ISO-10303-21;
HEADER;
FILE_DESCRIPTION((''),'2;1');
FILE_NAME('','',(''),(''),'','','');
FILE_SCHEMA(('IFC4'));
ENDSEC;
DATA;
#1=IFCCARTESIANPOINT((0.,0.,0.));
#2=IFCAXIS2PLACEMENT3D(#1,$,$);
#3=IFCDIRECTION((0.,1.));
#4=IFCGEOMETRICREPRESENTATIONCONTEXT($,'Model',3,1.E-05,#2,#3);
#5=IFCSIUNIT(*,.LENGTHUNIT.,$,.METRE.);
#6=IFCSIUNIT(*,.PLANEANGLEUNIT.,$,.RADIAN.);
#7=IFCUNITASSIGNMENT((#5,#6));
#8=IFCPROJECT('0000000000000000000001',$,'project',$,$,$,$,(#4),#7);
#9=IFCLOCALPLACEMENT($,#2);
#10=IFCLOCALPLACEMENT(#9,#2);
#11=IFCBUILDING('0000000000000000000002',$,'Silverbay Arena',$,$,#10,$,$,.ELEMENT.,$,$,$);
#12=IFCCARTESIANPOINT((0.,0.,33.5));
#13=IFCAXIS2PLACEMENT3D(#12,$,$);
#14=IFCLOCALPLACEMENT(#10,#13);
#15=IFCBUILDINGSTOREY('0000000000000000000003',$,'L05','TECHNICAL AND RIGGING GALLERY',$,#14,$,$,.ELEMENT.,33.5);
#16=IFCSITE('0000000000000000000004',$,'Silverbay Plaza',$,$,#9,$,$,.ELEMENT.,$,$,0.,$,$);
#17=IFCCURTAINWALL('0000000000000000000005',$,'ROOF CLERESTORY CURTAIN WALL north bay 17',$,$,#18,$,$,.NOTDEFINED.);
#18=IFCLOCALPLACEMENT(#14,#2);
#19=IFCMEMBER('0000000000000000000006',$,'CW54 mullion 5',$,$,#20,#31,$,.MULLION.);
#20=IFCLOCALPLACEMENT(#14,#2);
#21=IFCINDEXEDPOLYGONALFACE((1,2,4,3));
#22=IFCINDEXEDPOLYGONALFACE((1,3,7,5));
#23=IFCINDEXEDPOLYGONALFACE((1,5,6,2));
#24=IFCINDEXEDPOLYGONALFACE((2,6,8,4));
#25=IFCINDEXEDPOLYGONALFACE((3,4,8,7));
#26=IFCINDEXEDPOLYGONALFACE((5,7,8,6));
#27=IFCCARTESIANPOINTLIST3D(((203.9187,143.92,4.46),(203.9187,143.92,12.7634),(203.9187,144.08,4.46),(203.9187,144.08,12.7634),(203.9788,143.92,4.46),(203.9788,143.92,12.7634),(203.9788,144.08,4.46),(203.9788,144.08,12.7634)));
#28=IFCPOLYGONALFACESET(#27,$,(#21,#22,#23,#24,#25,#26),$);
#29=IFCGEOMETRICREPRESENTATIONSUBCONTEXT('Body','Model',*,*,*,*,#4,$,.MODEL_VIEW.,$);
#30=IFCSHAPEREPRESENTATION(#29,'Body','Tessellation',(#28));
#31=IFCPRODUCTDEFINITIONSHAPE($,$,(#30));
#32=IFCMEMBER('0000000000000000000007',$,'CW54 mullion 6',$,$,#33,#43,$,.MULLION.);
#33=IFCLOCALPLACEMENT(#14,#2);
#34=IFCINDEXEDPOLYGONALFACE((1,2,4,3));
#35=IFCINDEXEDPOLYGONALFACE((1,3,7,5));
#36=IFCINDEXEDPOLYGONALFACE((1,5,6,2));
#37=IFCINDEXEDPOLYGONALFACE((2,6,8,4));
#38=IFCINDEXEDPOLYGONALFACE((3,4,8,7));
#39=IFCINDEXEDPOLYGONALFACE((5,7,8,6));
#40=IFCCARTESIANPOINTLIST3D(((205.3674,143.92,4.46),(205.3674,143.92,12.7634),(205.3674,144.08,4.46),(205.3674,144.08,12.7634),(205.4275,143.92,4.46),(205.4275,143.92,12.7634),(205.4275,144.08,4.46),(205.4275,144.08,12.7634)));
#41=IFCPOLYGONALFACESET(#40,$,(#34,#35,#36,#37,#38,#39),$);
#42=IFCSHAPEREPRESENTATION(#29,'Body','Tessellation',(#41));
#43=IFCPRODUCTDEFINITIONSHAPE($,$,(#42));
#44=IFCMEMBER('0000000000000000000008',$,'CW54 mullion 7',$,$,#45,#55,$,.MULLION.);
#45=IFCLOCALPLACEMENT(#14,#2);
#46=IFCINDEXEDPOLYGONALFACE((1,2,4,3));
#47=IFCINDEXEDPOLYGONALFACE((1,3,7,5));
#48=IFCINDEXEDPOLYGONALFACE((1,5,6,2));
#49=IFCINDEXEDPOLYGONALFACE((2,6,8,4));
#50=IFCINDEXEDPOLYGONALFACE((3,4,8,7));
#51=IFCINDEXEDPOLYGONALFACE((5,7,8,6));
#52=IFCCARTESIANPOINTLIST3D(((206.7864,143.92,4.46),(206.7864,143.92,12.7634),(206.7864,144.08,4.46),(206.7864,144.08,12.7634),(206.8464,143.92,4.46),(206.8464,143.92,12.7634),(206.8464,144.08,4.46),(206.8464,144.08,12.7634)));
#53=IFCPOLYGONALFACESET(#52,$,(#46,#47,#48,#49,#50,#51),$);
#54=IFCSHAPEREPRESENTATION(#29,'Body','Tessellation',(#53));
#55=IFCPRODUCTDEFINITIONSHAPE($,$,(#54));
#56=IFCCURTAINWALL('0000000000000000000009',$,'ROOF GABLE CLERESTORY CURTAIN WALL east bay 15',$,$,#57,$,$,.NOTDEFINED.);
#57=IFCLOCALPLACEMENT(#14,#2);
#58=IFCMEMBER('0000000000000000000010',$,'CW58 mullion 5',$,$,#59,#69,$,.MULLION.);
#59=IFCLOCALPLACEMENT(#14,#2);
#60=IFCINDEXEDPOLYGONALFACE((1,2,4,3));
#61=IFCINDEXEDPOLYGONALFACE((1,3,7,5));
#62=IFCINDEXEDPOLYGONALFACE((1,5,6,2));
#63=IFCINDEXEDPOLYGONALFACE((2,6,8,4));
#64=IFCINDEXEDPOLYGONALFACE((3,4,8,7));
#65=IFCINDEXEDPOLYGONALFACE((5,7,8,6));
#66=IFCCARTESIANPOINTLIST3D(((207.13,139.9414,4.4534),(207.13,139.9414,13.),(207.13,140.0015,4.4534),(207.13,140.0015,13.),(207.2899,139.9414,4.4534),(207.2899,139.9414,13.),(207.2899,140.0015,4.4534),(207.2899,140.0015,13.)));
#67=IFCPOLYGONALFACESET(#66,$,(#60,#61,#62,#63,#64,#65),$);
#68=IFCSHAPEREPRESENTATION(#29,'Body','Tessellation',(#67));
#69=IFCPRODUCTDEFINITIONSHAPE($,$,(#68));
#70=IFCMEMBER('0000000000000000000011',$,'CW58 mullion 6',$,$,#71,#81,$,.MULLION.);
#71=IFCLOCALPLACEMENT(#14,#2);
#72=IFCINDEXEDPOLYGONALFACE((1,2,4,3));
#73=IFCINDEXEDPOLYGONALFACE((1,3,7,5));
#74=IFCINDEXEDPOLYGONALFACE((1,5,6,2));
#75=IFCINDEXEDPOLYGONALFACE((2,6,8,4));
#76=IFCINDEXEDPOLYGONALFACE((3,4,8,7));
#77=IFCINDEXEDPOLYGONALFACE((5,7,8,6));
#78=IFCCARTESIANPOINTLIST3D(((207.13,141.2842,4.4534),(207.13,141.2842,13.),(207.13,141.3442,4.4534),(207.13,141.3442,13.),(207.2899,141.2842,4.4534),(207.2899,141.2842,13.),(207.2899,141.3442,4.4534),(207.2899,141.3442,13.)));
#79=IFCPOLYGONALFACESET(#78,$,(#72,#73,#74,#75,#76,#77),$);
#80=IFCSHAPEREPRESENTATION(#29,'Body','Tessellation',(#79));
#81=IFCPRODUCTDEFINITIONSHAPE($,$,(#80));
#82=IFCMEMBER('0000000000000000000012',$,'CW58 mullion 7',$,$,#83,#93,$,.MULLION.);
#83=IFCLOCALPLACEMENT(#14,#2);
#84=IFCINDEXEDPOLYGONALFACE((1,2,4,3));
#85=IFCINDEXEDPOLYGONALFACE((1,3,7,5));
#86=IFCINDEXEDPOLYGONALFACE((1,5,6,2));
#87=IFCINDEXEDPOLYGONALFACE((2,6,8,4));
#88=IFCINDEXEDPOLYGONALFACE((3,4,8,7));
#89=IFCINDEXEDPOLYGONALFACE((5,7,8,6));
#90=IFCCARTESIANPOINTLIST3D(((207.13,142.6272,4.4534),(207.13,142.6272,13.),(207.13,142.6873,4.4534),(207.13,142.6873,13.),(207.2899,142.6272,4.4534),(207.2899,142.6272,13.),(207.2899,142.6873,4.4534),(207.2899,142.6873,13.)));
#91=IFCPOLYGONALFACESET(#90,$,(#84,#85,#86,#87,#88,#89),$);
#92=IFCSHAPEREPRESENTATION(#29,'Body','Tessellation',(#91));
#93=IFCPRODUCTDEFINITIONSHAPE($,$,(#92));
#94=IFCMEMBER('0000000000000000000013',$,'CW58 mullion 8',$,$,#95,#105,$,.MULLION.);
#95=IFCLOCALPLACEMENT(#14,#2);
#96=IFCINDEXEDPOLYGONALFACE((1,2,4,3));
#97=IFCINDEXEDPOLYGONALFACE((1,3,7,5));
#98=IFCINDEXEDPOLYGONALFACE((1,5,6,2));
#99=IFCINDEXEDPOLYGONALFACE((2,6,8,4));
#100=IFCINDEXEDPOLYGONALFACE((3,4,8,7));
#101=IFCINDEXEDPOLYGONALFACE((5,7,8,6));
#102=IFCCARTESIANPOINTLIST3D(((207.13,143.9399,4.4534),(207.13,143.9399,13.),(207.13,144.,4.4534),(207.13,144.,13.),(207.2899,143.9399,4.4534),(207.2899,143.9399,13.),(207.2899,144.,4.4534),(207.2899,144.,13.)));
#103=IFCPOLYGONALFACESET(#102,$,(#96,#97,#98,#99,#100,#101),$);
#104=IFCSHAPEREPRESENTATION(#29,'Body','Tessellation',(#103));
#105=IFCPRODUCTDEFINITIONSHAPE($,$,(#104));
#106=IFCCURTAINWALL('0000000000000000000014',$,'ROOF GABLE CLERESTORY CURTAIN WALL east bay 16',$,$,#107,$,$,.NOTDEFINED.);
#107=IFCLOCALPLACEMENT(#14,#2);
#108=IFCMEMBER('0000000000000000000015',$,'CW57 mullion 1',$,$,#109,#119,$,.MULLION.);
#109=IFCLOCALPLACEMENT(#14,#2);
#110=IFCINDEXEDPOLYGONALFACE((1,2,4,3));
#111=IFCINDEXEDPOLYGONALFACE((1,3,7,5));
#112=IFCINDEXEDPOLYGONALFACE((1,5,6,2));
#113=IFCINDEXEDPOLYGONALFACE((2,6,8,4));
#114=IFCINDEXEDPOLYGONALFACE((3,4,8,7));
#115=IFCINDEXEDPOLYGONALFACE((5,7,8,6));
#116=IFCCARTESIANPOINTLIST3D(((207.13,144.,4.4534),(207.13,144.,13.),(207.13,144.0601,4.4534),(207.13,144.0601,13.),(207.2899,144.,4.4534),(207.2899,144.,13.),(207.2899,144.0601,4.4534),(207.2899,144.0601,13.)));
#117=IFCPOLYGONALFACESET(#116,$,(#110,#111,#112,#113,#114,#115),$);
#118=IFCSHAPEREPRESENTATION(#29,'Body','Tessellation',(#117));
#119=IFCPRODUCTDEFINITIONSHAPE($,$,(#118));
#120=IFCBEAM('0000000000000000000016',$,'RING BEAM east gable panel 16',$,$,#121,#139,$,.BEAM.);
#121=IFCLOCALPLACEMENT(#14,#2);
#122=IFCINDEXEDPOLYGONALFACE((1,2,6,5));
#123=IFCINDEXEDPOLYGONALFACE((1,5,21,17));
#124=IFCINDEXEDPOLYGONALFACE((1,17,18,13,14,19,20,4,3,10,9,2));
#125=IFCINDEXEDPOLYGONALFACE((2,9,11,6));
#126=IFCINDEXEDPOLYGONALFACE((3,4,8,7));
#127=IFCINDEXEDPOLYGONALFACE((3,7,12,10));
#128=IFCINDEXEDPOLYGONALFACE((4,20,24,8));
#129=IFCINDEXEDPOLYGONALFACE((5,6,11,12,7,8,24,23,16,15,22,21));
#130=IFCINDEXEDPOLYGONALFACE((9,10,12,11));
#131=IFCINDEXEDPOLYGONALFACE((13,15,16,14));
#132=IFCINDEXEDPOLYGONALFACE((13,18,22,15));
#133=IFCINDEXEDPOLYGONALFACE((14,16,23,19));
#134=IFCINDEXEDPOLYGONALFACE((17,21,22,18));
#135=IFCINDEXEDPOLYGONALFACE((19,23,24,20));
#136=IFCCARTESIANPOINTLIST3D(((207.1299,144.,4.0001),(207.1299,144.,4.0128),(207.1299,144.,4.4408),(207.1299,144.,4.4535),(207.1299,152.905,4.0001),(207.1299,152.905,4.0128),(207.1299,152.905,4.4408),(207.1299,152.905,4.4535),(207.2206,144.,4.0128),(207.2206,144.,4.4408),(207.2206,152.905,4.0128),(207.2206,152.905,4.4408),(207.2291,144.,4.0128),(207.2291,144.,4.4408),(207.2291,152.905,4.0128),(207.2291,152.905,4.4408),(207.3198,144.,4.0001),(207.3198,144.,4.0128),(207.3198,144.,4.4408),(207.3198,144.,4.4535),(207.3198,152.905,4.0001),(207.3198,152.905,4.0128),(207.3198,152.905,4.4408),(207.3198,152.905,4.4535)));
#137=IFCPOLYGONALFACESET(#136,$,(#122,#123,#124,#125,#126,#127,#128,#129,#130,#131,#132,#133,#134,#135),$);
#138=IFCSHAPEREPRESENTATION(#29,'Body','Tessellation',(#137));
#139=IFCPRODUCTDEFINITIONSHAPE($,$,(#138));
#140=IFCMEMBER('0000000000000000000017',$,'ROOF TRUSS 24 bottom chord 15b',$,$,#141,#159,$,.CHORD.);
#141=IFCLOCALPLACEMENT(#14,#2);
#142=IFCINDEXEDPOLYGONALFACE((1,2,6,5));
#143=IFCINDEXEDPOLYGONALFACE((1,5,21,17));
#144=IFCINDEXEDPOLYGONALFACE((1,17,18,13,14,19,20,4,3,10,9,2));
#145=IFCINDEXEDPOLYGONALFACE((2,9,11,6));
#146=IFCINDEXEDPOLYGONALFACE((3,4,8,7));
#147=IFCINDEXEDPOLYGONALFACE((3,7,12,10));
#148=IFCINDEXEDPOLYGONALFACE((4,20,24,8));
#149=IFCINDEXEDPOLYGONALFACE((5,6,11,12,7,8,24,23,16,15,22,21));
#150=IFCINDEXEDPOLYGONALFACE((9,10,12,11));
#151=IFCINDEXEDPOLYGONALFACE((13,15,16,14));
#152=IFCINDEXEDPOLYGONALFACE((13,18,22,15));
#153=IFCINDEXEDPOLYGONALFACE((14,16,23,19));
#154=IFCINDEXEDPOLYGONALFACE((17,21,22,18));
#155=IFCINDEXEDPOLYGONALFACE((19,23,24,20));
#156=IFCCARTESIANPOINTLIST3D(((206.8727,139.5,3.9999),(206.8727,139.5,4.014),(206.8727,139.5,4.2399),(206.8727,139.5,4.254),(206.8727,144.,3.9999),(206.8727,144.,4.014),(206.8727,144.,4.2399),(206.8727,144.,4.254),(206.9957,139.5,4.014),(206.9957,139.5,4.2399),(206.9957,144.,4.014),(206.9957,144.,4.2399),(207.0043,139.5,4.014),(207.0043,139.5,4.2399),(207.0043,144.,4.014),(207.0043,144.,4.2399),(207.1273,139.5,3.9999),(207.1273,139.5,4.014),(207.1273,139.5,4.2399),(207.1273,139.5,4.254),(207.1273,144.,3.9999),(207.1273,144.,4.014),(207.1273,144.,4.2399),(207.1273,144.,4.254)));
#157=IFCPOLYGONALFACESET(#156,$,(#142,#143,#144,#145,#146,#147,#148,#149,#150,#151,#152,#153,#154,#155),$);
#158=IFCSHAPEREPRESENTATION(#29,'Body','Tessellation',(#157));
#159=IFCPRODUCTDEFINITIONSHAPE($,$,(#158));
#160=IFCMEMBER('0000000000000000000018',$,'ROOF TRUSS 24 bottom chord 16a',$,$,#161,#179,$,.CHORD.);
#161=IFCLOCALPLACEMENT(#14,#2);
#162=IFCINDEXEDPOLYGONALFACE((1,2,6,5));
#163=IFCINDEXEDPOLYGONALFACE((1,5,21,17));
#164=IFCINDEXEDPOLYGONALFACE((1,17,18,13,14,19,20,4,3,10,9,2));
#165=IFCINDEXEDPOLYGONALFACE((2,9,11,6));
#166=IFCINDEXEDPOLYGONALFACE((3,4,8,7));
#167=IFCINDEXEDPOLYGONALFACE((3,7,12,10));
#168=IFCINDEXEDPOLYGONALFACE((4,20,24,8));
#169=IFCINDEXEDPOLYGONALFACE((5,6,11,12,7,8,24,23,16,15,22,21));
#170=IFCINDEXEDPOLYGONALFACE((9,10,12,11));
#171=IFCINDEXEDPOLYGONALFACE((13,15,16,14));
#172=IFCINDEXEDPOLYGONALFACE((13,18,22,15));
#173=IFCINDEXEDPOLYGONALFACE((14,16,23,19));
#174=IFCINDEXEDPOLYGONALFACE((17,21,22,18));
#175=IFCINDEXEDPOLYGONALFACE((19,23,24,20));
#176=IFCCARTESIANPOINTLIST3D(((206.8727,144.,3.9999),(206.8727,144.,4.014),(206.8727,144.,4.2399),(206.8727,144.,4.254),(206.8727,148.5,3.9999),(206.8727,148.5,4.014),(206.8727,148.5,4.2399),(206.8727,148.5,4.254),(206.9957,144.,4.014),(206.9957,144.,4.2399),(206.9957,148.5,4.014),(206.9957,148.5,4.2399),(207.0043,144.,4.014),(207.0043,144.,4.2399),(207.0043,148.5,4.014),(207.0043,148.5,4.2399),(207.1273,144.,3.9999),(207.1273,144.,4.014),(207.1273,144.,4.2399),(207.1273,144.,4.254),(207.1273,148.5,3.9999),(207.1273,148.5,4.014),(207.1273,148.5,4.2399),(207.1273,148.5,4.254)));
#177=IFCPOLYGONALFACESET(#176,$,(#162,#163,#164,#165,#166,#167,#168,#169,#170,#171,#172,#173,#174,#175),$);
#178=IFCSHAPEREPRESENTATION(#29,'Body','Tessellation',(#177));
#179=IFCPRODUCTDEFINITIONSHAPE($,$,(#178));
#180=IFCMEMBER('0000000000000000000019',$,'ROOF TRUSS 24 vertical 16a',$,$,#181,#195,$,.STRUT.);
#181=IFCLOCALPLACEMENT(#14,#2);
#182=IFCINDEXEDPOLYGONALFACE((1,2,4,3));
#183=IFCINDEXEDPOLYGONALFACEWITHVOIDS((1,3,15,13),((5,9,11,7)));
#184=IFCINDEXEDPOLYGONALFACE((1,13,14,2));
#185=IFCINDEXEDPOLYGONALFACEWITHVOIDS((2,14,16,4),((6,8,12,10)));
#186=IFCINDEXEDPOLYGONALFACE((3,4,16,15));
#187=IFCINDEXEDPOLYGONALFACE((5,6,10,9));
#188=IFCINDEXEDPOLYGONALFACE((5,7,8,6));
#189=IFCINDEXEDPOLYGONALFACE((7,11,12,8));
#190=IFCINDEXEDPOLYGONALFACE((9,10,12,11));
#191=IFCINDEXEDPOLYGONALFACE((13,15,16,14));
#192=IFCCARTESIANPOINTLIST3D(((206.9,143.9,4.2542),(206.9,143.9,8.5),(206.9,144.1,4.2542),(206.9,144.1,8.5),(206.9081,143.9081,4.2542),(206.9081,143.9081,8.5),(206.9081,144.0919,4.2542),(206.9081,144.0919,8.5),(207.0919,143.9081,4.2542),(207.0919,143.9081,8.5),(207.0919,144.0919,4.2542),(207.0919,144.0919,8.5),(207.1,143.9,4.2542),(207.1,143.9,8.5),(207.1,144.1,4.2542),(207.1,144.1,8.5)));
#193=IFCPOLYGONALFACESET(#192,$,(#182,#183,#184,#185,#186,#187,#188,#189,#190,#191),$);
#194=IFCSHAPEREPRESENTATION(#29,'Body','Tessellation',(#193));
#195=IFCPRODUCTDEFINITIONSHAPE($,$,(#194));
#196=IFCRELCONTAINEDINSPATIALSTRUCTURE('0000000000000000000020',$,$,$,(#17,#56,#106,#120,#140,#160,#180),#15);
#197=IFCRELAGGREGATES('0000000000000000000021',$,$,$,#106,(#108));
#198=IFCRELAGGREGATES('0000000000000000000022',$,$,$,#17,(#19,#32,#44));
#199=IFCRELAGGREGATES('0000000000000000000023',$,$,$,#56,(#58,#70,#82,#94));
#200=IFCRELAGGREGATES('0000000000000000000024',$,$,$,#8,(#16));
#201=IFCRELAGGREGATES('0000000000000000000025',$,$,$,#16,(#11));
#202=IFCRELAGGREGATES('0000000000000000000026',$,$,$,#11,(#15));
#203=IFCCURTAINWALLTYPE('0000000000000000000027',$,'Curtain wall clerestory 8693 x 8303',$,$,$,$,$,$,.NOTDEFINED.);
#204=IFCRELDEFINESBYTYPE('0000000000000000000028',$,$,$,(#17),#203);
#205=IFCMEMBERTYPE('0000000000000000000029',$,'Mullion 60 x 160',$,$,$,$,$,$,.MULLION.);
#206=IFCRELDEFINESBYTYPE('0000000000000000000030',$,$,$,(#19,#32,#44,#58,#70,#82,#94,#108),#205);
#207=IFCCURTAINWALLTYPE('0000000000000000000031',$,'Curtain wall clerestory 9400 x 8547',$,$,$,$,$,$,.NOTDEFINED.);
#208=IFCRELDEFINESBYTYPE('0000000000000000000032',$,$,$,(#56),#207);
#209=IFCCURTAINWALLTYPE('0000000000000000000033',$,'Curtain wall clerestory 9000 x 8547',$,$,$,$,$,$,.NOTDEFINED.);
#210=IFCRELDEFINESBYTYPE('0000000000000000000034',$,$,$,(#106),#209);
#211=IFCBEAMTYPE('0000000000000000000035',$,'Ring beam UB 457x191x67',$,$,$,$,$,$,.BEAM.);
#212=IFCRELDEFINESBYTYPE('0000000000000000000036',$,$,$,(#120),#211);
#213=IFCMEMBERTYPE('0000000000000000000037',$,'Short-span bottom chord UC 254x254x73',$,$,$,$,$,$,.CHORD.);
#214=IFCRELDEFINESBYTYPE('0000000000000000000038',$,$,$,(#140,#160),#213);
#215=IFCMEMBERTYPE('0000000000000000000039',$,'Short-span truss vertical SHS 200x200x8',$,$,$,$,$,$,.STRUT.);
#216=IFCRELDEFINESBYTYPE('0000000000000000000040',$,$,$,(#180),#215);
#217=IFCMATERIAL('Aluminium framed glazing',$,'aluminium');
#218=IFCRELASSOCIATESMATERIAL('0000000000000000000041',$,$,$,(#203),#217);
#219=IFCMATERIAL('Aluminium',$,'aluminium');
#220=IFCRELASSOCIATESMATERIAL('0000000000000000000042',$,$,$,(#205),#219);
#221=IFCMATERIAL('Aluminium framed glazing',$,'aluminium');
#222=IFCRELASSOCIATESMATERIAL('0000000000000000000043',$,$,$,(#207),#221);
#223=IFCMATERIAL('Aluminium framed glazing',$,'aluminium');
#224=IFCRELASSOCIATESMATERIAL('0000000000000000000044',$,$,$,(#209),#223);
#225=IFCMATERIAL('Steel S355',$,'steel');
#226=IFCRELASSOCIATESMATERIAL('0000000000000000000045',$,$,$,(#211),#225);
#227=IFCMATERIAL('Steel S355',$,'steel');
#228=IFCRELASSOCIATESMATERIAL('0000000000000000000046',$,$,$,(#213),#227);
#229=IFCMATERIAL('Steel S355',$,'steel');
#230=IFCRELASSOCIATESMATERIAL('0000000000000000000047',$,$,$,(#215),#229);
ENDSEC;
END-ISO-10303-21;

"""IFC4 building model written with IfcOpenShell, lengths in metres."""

from ifc_helpers import new_model, si_unit, direction, frame, origin, origin_2d, place, context, subcontext, project, spatial, rectangle, hollow_rectangle, i_section, extrude, material, material_profile, profile_set, type_object, element, aggregate, save


model = new_model("IFC4")

# Units and contexts
model_context = context("Model", 3, precision=1e-05, world=origin(), true_north=direction((0.0, 1.0)))
body_context = subcontext(model_context, "Body", "Model", "MODEL_VIEW")
ifc_project = project(units=[si_unit("LENGTHUNIT", "METRE"), si_unit("PLANEANGLEUNIT", "RADIAN")], contexts=[model_context])

# Site, building, storey
site_placement = place(None, origin())
site = spatial("IfcSite", under=ifc_project, at=site_placement, Name="Silverbay Plaza", CompositionType="ELEMENT", RefElevation=0.0)
building_placement = place(site_placement, origin())
building = spatial("IfcBuilding", under=site, at=building_placement, Name="Silverbay Arena", CompositionType="ELEMENT")
storey_placement = place(building_placement, frame((0.0, 0.0, 33.5)))
storey = spatial("IfcBuildingStorey", under=building, at=storey_placement, Name="L05", Description="TECHNICAL AND RIGGING GALLERY", CompositionType="ELEMENT", Elevation=33.5)

# Curtain walls, members
ifc_material_1 = material(Name="Aluminium framed glazing", Category="aluminium")
curtain_wall_type_1 = type_object("IfcCurtainWallType", Name="Curtain wall clerestory 8693 x 8303", PredefinedType="NOTDEFINED", material=ifc_material_1)
curtain_wall_1_placement = place(storey_placement, origin())
curtain_wall_1 = element("IfcCurtainWall", 1, at=curtain_wall_1_placement, inside=storey, type_object=curtain_wall_type_1, Name="ROOF CLERESTORY CURTAIN WALL north bay 17", PredefinedType="NOTDEFINED")
ifc_material_2 = material(Name="Aluminium", Category="aluminium")
ifc_material_profile_1 = material_profile(ifc_material_2, rectangle(XDim=0.1599, YDim=0.0601, at=origin_2d()), Name="Mullion 60 x 160")
ifc_profile_set_1 = profile_set([ifc_material_profile_1], Name="Aluminium")
member_type_1 = type_object("IfcMemberType", Name="Mullion 60 x 160", PredefinedType="MULLION", material=ifc_profile_set_1)
member_1_placement = place(storey_placement, frame((203.9487, 144.0, 4.46), z_axis=(0.0, 0.0, 1.0), x_axis=(0.0, 1.0, 0.0)))
member_1 = element("IfcMember", 2, at=member_1_placement, type_object=member_type_1, Name="CW54 mullion 5", PredefinedType="MULLION", context=body_context, shape_type="SweptSolid", body=[
    extrude(rectangle(XDim=0.1599, YDim=0.0601, at=origin_2d()), origin(), (0.0, 0.0, 1.0), 8.3035),
])
member_2_placement = place(storey_placement, frame((205.3975, 144.0, 4.46), z_axis=(0.0, 0.0, 1.0), x_axis=(0.0, 1.0, 0.0)))
member_2 = element("IfcMember", 3, at=member_2_placement, type_object=member_type_1, Name="CW54 mullion 6", PredefinedType="MULLION", context=body_context, shape_type="SweptSolid", body=[
    extrude(rectangle(XDim=0.1599, YDim=0.0601, at=origin_2d()), origin(), (0.0, 0.0, 1.0), 8.3035),
])
member_3_placement = place(storey_placement, frame((206.8164, 144.0, 4.46), z_axis=(0.0, 0.0, 1.0), x_axis=(0.0, 1.0, 0.0)))
member_3 = element("IfcMember", 4, at=member_3_placement, type_object=member_type_1, Name="CW54 mullion 7", PredefinedType="MULLION", context=body_context, shape_type="SweptSolid", body=[
    extrude(rectangle(XDim=0.1599, YDim=0.0601, at=origin_2d()), origin(), (0.0, 0.0, 1.0), 8.3035),
])
ifc_material_3 = material(Name="Aluminium framed glazing", Category="aluminium")
curtain_wall_type_2 = type_object("IfcCurtainWallType", Name="Curtain wall clerestory 9400 x 8547", PredefinedType="NOTDEFINED", material=ifc_material_3)
curtain_wall_2_placement = place(storey_placement, origin())
curtain_wall_2 = element("IfcCurtainWall", 5, at=curtain_wall_2_placement, inside=storey, type_object=curtain_wall_type_2, Name="ROOF GABLE CLERESTORY CURTAIN WALL east bay 15", PredefinedType="NOTDEFINED")
member_4_placement = place(storey_placement, frame((207.21, 139.9714, 4.4534), z_axis=(0.0, 0.0, 1.0), x_axis=(-1.0, 0.0, 0.0)))
member_4 = element("IfcMember", 6, at=member_4_placement, type_object=member_type_1, Name="CW58 mullion 5", PredefinedType="MULLION", context=body_context, shape_type="SweptSolid", body=[
    extrude(rectangle(XDim=0.1599, YDim=0.0601, at=origin_2d()), origin(), (0.0, 0.0, 1.0), 8.5466),
])
member_5_placement = place(storey_placement, frame((207.21, 141.3142, 4.4534), z_axis=(0.0, 0.0, 1.0), x_axis=(-1.0, 0.0, 0.0)))
member_5 = element("IfcMember", 7, at=member_5_placement, type_object=member_type_1, Name="CW58 mullion 6", PredefinedType="MULLION", context=body_context, shape_type="SweptSolid", body=[
    extrude(rectangle(XDim=0.1599, YDim=0.0601, at=origin_2d()), origin(), (0.0, 0.0, 1.0), 8.5466),
])
member_6_placement = place(storey_placement, frame((207.21, 142.6572, 4.4534), z_axis=(0.0, 0.0, 1.0), x_axis=(-1.0, 0.0, 0.0)))
member_6 = element("IfcMember", 8, at=member_6_placement, type_object=member_type_1, Name="CW58 mullion 7", PredefinedType="MULLION", context=body_context, shape_type="SweptSolid", body=[
    extrude(rectangle(XDim=0.1599, YDim=0.0601, at=origin_2d()), origin(), (0.0, 0.0, 1.0), 8.5466),
])
member_7_placement = place(storey_placement, frame((207.21, 143.97, 4.4534), z_axis=(0.0, 0.0, 1.0), x_axis=(-1.0, 0.0, 0.0)))
member_7 = element("IfcMember", 9, at=member_7_placement, type_object=member_type_1, Name="CW58 mullion 8", PredefinedType="MULLION", context=body_context, shape_type="SweptSolid", body=[
    extrude(rectangle(XDim=0.1599, YDim=0.0601, at=origin_2d()), origin(), (0.0, 0.0, 1.0), 8.5466),
])

# Curtain wall, member
ifc_material_4 = material(Name="Aluminium framed glazing", Category="aluminium")
curtain_wall_type_3 = type_object("IfcCurtainWallType", Name="Curtain wall clerestory 9000 x 8547", PredefinedType="NOTDEFINED", material=ifc_material_4)
curtain_wall_3_placement = place(storey_placement, origin())
curtain_wall_3 = element("IfcCurtainWall", 10, at=curtain_wall_3_placement, inside=storey, type_object=curtain_wall_type_3, Name="ROOF GABLE CLERESTORY CURTAIN WALL east bay 16", PredefinedType="NOTDEFINED")
member_8_placement = place(storey_placement, frame((207.21, 144.03, 4.4534), z_axis=(0.0, 0.0, 1.0), x_axis=(-1.0, 0.0, 0.0)))
member_8 = element("IfcMember", 11, at=member_8_placement, type_object=member_type_1, Name="CW57 mullion 1", PredefinedType="MULLION", context=body_context, shape_type="SweptSolid", body=[
    extrude(rectangle(XDim=0.1599, YDim=0.0601, at=origin_2d()), origin(), (0.0, 0.0, 1.0), 8.5466),
])

# Beam
ifc_material_5 = material(Name="Steel S355", Category="steel")
ifc_material_profile_2 = material_profile(ifc_material_5, i_section(OverallWidth=0.1899, OverallDepth=0.4534, WebThickness=0.0085, FlangeThickness=0.0127, at=origin_2d()), Name="UB 457x191x67")
ifc_profile_set_2 = profile_set([ifc_material_profile_2], Name="Steel S355")
beam_type = type_object("IfcBeamType", Name="Ring beam UB 457x191x67", PredefinedType="BEAM", material=ifc_profile_set_2)
beam_placement = place(storey_placement, frame((207.2249, 144.0, 4.2268), z_axis=(0.0, 1.0, 0.0), x_axis=(-1.0, 0.0, 0.0)))
element("IfcBeam", 12, at=beam_placement, inside=storey, type_object=beam_type, Name="RING BEAM east gable panel 16", PredefinedType="BEAM", context=body_context, shape_type="SweptSolid", body=[
    extrude(i_section(OverallWidth=0.1899, OverallDepth=0.4534, WebThickness=0.0085, FlangeThickness=0.0127, at=origin_2d()), origin(), (0.0, 0.0, 1.0), 8.905),
])

# Members
ifc_material_6 = material(Name="Steel S355", Category="steel")
ifc_material_profile_3 = material_profile(ifc_material_6, i_section(OverallWidth=0.2546, OverallDepth=0.2542, WebThickness=0.0085, FlangeThickness=0.0142, at=origin_2d()), Name="UC 254x254x73")
ifc_profile_set_3 = profile_set([ifc_material_profile_3], Name="Steel S355")
member_type_2 = type_object("IfcMemberType", Name="Short-span bottom chord UC 254x254x73", PredefinedType="CHORD", material=ifc_profile_set_3)
for number, where, z_axis, x_axis, name in (
    (13, (207.0, 139.5, 4.127), (0.0, 1.0, 0.0), (-1.0, 0.0, 0.0), "ROOF TRUSS 24 bottom chord 15b"),
    (14, (207.0, 144.0, 4.127), (0.0, 1.0, 0.0), (-1.0, 0.0, 0.0), "ROOF TRUSS 24 bottom chord 16a"),
):
    element("IfcMember", number, at=place(storey_placement, frame(where, z_axis=z_axis, x_axis=x_axis)), inside=storey, type_object=member_type_2, Name=name, PredefinedType="CHORD", context=body_context, shape_type="SweptSolid", body=[
        extrude(i_section(OverallWidth=0.2546, OverallDepth=0.2542, WebThickness=0.0085, FlangeThickness=0.0142, at=origin_2d()), origin(), (0.0, 0.0, 1.0), 4.5),
    ])
ifc_material_7 = material(Name="Steel S355", Category="steel")
ifc_material_profile_4 = material_profile(ifc_material_7, hollow_rectangle(XDim=0.2, YDim=0.2, WallThickness=0.0081, at=origin_2d()), Name="SHS 200x200x8")
ifc_profile_set_4 = profile_set([ifc_material_profile_4], Name="Steel S355")
member_type_3 = type_object("IfcMemberType", Name="Short-span truss vertical SHS 200x200x8", PredefinedType="STRUT", material=ifc_profile_set_4)
member_9_placement = place(storey_placement, frame((207.0, 144.0, 4.2542), z_axis=(0.0, 0.0, 1.0), x_axis=(1.0, 0.0, 0.0)))
element("IfcMember", 15, at=member_9_placement, inside=storey, type_object=member_type_3, Name="ROOF TRUSS 24 vertical 16a", PredefinedType="STRUT", context=body_context, shape_type="SweptSolid", body=[
    extrude(hollow_rectangle(XDim=0.2, YDim=0.2, WallThickness=0.0081, at=origin_2d()), origin(), (0.0, 0.0, 1.0), 4.2458),
])

aggregate(curtain_wall_3, [member_8])

aggregate(curtain_wall_1, [member_1, member_2, member_3])
aggregate(curtain_wall_2, [member_4, member_5, member_6, member_7])

save(model, "model.ifc")
